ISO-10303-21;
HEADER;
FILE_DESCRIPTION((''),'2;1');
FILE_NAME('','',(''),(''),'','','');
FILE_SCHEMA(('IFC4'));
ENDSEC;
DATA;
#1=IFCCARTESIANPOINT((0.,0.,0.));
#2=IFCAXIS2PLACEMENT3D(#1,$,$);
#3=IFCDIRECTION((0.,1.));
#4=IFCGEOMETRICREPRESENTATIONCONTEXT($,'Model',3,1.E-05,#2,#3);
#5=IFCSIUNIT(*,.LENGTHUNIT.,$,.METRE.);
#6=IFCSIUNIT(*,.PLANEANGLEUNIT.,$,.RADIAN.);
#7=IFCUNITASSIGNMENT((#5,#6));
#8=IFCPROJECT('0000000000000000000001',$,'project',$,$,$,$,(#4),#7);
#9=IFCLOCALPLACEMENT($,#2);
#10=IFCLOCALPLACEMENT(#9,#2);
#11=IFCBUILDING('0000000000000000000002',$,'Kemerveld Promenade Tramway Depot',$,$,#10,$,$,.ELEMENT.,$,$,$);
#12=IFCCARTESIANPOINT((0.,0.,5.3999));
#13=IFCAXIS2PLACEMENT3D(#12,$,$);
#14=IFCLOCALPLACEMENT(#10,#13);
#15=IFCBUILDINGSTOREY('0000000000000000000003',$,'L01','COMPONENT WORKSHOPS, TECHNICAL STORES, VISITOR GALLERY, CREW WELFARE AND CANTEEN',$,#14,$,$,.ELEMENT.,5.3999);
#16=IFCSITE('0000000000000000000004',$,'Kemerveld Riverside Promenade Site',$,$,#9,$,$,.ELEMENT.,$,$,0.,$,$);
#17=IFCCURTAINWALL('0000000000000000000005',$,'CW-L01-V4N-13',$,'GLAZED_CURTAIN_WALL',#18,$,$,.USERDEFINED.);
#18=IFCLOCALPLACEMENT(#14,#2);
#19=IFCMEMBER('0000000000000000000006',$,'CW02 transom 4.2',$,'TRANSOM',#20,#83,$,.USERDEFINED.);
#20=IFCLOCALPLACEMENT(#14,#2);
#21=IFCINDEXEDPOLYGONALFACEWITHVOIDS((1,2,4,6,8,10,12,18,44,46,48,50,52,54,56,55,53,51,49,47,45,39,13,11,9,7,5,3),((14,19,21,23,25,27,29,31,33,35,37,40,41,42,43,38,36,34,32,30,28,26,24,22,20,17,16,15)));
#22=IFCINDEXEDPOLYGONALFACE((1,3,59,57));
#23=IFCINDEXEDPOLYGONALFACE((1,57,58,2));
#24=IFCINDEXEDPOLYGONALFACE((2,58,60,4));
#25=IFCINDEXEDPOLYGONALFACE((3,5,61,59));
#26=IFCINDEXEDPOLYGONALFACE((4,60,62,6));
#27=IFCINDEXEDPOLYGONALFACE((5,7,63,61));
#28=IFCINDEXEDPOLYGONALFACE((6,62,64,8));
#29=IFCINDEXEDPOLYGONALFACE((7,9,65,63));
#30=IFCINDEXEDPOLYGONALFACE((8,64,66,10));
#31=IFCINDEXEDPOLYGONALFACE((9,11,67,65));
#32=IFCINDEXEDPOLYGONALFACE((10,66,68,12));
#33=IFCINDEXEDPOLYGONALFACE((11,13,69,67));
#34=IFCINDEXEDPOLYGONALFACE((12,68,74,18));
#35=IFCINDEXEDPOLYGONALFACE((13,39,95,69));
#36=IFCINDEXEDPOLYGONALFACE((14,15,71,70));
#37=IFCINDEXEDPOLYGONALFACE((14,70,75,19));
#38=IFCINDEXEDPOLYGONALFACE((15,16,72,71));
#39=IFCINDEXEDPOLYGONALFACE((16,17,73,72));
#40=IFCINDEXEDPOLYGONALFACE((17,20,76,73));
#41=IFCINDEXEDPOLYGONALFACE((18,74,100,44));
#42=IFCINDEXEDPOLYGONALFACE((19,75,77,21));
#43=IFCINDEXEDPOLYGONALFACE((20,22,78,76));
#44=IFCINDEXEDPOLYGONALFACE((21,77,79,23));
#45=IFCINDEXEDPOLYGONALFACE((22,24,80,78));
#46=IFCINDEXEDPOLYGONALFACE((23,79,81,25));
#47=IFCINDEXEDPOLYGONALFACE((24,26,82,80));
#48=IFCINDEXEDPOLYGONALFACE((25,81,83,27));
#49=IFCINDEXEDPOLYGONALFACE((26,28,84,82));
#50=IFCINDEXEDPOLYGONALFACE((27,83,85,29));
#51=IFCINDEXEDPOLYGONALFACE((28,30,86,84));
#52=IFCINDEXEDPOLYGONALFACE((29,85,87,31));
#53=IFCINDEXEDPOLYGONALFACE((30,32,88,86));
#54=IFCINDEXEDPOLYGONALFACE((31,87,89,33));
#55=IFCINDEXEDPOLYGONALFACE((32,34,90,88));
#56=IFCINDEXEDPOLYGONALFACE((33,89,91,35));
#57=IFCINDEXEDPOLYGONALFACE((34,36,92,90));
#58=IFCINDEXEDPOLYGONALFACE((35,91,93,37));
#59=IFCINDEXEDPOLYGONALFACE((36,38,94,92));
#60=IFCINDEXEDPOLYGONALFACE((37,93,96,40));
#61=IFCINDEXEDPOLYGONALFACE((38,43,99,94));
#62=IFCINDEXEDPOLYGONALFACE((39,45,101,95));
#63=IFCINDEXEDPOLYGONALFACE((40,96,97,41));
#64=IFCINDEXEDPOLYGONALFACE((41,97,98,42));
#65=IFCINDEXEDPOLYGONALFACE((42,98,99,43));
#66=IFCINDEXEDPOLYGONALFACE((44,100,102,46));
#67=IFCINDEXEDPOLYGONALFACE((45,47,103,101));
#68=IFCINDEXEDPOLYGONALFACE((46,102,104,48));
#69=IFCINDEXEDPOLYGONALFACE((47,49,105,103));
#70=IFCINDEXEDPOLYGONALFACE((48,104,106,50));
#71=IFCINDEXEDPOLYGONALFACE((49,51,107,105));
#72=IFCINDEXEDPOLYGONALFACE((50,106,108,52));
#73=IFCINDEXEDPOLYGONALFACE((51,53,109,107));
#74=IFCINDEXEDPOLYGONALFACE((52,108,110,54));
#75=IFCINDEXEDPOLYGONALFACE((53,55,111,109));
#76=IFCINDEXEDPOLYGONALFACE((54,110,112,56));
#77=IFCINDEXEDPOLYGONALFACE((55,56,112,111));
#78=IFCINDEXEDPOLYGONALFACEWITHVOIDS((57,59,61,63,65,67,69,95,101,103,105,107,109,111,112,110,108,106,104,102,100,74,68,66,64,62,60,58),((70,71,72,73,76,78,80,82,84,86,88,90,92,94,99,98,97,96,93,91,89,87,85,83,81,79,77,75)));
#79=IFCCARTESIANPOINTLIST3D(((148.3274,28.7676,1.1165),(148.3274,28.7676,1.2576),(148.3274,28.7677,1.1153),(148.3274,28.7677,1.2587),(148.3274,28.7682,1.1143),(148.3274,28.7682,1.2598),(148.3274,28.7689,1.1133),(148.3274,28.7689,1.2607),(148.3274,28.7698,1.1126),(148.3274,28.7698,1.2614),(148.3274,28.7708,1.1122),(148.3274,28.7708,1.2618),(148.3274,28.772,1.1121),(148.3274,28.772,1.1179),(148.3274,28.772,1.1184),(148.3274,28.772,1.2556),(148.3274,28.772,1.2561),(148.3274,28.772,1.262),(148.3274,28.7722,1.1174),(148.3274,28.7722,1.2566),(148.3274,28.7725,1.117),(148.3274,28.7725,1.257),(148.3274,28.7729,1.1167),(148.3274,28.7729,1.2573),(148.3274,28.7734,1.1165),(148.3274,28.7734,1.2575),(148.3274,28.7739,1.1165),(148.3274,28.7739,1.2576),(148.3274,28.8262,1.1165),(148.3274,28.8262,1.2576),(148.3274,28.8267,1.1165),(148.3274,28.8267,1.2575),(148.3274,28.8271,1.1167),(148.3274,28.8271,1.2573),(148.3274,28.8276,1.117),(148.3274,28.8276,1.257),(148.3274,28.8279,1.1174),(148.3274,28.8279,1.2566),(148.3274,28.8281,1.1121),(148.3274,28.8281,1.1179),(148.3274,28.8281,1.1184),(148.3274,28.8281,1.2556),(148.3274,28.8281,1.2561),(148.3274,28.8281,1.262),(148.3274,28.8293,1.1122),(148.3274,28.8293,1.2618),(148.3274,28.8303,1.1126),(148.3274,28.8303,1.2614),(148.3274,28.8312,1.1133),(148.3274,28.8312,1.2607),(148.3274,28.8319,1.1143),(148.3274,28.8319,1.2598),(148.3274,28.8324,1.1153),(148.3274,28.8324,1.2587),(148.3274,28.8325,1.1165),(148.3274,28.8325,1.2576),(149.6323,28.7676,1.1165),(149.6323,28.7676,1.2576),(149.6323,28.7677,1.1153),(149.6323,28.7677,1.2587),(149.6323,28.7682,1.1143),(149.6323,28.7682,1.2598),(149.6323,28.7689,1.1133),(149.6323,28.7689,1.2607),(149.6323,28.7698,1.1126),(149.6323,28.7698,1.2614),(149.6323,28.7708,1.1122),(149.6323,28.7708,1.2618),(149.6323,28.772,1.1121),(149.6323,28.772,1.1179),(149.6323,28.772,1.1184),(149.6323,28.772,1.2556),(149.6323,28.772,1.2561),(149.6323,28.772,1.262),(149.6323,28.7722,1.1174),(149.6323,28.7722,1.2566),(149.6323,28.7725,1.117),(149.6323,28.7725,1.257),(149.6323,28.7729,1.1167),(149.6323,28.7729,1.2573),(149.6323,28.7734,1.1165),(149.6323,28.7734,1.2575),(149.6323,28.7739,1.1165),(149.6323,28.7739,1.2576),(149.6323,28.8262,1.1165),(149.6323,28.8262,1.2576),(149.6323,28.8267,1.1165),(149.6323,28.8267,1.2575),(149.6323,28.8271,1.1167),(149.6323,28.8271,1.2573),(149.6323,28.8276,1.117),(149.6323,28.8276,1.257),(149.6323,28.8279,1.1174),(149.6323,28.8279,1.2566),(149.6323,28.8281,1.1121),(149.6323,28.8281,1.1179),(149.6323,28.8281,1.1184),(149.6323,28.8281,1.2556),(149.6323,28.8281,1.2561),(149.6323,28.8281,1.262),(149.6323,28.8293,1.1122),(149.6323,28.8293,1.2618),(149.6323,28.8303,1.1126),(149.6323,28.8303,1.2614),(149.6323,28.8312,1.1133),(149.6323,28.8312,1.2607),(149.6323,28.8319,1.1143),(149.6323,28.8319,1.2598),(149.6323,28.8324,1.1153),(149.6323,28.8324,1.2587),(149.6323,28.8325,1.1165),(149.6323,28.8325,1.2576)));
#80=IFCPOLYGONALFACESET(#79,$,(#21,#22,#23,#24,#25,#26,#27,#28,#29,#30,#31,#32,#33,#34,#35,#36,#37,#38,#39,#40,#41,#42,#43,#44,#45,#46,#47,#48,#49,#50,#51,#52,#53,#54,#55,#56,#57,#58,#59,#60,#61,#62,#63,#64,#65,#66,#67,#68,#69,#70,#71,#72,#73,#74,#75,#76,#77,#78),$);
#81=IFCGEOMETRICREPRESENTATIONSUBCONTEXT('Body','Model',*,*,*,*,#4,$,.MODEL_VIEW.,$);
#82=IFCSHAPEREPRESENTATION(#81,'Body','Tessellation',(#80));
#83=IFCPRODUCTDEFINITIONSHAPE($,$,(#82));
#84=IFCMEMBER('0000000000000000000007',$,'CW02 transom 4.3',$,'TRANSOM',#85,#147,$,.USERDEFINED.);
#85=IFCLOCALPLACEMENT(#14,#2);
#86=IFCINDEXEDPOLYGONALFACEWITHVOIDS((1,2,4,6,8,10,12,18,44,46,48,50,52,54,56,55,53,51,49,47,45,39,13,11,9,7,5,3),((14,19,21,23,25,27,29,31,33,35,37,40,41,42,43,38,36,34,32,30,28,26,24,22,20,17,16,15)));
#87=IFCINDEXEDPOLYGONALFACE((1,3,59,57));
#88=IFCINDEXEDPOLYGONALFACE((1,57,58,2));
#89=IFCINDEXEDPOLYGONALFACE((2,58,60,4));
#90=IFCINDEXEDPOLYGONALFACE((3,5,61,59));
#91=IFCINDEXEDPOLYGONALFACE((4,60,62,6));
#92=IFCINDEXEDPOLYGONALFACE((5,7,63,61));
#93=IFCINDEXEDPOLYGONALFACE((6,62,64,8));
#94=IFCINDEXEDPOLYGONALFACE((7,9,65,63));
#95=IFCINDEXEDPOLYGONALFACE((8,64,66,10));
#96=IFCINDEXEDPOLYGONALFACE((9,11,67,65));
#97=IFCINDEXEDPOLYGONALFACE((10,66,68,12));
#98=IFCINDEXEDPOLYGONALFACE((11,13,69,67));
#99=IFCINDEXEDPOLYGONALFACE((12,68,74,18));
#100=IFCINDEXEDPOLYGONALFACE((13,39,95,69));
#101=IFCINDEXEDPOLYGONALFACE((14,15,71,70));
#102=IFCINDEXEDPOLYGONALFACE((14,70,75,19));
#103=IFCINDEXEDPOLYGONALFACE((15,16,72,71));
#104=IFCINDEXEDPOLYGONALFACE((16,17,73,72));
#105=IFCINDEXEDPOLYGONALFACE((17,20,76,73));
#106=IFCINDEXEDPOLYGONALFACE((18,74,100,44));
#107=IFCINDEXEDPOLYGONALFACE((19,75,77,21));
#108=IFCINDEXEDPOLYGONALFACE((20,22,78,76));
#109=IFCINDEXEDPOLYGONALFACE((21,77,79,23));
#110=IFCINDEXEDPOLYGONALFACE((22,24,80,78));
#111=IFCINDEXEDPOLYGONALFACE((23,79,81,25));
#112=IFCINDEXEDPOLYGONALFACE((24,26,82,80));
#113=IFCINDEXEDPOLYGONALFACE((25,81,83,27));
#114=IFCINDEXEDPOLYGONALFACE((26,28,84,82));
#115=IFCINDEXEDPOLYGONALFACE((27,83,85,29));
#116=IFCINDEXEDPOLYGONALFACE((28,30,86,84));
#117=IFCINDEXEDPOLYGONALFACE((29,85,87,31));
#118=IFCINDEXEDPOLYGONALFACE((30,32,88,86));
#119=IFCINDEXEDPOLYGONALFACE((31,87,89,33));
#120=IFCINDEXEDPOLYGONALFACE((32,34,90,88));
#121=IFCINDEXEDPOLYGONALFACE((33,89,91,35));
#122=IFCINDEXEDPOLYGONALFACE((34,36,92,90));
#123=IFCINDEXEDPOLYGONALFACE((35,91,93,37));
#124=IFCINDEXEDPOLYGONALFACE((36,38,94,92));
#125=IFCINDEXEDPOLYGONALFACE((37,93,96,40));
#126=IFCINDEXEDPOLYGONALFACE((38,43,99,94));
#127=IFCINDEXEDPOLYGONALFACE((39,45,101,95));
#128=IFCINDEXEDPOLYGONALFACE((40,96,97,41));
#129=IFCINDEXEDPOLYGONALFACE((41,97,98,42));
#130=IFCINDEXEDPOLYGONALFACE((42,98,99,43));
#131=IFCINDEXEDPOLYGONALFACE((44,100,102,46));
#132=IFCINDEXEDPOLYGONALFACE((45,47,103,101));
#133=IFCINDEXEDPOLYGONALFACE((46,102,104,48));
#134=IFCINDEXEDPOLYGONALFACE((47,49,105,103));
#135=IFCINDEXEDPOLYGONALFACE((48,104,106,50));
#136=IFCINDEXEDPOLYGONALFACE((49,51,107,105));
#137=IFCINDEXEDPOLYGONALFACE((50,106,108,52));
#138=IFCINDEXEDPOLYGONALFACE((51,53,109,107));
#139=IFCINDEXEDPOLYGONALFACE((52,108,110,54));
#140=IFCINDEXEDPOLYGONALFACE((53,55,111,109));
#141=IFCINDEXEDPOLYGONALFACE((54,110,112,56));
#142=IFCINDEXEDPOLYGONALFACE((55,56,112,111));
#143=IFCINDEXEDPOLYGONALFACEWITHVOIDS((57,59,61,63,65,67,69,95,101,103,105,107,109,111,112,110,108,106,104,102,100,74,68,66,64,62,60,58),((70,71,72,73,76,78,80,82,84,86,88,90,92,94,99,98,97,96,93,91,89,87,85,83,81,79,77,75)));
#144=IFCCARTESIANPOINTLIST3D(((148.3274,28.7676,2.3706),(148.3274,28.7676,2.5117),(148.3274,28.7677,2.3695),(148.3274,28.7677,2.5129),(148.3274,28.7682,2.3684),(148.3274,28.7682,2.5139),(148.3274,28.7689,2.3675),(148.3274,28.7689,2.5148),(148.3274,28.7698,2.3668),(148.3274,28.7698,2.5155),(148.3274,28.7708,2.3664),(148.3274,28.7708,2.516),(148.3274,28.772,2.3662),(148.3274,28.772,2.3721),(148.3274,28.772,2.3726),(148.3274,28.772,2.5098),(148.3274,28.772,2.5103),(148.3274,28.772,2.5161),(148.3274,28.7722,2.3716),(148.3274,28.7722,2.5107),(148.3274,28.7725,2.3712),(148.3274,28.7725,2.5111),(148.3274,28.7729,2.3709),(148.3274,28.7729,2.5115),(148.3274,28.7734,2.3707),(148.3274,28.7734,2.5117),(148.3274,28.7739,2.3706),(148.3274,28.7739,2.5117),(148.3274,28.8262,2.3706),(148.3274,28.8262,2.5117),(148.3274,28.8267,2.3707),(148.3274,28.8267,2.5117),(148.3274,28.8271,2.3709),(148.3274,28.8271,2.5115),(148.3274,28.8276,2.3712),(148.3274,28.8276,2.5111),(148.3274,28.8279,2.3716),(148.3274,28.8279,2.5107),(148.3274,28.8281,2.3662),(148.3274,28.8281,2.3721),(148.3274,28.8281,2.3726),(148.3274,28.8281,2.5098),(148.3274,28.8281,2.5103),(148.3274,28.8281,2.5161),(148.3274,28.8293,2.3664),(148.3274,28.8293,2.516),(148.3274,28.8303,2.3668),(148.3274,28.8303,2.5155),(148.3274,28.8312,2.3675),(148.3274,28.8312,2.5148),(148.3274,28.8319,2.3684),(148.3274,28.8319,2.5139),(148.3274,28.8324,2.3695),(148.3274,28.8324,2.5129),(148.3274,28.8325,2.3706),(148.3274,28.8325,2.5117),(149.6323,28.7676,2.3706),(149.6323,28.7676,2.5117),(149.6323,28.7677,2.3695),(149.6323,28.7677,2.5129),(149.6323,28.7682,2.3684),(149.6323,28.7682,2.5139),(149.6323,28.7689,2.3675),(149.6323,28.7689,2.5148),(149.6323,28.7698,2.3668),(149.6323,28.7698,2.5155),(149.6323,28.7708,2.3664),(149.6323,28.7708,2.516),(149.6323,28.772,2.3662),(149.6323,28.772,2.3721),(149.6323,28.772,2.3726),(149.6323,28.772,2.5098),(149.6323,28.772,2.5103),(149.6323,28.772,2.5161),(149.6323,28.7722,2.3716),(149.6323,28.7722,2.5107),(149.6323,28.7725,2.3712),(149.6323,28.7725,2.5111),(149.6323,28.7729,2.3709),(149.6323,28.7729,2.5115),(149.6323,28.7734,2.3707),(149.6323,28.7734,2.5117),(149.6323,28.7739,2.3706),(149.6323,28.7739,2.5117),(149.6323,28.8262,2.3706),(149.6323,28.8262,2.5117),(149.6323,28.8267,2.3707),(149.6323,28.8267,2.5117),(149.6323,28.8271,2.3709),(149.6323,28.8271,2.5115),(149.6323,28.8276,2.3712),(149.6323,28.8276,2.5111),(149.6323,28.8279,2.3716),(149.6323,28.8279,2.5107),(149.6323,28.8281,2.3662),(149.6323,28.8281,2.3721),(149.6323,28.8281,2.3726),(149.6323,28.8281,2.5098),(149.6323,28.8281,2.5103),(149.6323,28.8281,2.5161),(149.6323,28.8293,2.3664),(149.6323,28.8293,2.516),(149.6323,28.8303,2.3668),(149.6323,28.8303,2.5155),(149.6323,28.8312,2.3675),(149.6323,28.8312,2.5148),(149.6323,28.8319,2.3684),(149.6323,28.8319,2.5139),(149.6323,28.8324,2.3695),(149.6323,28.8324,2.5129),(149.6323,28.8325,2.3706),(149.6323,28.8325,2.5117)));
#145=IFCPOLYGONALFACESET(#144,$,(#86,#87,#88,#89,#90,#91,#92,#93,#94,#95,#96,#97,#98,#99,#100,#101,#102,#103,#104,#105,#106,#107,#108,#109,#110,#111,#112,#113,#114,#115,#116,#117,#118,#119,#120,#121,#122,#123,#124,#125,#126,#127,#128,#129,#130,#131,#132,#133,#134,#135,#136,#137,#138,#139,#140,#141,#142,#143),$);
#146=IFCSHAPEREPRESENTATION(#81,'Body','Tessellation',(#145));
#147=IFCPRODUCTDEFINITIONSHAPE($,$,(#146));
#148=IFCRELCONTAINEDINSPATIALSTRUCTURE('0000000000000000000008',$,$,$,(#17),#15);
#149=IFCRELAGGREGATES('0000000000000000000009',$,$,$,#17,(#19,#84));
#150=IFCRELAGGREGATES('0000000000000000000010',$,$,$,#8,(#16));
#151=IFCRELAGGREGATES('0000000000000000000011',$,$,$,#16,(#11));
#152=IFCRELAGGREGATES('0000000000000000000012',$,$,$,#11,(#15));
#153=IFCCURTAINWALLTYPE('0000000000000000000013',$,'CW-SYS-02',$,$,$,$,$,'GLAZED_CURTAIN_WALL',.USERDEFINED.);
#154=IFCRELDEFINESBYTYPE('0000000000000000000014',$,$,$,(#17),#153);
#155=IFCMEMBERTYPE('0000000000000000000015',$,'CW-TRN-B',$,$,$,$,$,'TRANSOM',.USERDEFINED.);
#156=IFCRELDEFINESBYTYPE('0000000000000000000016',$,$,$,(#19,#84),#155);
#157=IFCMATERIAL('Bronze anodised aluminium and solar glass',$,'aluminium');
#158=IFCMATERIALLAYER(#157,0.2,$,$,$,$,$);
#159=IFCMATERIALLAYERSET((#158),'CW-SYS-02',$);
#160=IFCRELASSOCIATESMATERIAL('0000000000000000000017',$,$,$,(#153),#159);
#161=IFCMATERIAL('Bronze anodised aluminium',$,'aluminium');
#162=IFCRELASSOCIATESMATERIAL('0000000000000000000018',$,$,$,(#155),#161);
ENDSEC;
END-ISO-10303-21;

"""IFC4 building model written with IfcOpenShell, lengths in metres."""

from ifc_helpers import new_model, si_unit, direction, frame, origin, origin_2d, place, context, subcontext, project, spatial, hollow_rectangle, extrude, material, layer, layer_set, material_profile, profile_set, type_object, element, aggregate, save


model = new_model("IFC4")

# Units and contexts
model_context = context("Model", 3, precision=1e-05, world=origin(), true_north=direction((0.0, 1.0)))
body_context = subcontext(model_context, "Body", "Model", "MODEL_VIEW")
ifc_project = project(units=[si_unit("LENGTHUNIT", "METRE"), si_unit("PLANEANGLEUNIT", "RADIAN")], contexts=[model_context])

# Site, building, storey
site_placement = place(None, origin())
site = spatial("IfcSite", under=ifc_project, at=site_placement, Name="Kemerveld Riverside Promenade Site", CompositionType="ELEMENT", RefElevation=0.0)
building_placement = place(site_placement, origin())
building = spatial("IfcBuilding", under=site, at=building_placement, Name="Kemerveld Promenade Tramway Depot", CompositionType="ELEMENT")
storey_placement = place(building_placement, frame((0.0, 0.0, 5.3999)))
storey = spatial("IfcBuildingStorey", under=building, at=storey_placement, Name="L01", Description="COMPONENT WORKSHOPS, TECHNICAL STORES, VISITOR GALLERY, CREW WELFARE AND CANTEEN", CompositionType="ELEMENT", Elevation=5.3999)

# Curtain wall, members
ifc_material_1 = material(Name="Bronze anodised aluminium and solar glass", Category="aluminium")
ifc_layer_1 = layer(ifc_material_1, 0.2)
ifc_layer_set_1 = layer_set([ifc_layer_1], Name="CW-SYS-02")
curtain_wall_type = type_object("IfcCurtainWallType", Name="CW-SYS-02", ElementType="GLAZED_CURTAIN_WALL", PredefinedType="USERDEFINED", material=ifc_layer_set_1)
curtain_wall_placement = place(storey_placement, origin())
curtain_wall = element("IfcCurtainWall", 1, at=curtain_wall_placement, inside=storey, type_object=curtain_wall_type, Name="CW-L01-V4N-13", ObjectType="GLAZED_CURTAIN_WALL", PredefinedType="USERDEFINED")
ifc_material_2 = material(Name="Bronze anodised aluminium", Category="aluminium")
ifc_material_profile_1 = material_profile(ifc_material_2, hollow_rectangle(XDim=0.0649, YDim=0.1499, WallThickness=0.0044, InnerFilletRadius=0.002, OuterFilletRadius=0.0044, at=origin_2d()), Name="CW-TRN-150x65")
ifc_profile_set_1 = profile_set([ifc_material_profile_1], Name="Bronze anodised aluminium")
member_type_1 = type_object("IfcMemberType", Name="CW-TRN-B", ElementType="TRANSOM", PredefinedType="USERDEFINED", material=ifc_profile_set_1)
member_1_placement = place(storey_placement, frame((148.3274, 28.8, 1.187), z_axis=(1.0, 0.0, 0.0), x_axis=(0.0, 1.0, 0.0)))
member_1 = element("IfcMember", 2, at=member_1_placement, type_object=member_type_1, Name="CW02 transom 4.2", ObjectType="TRANSOM", PredefinedType="USERDEFINED", context=body_context, shape_type="SweptSolid", body=[
    extrude(hollow_rectangle(XDim=0.0649, YDim=0.1499, WallThickness=0.0044, InnerFilletRadius=0.002, OuterFilletRadius=0.0044, at=origin_2d()), origin(), (0.0, 0.0, 1.0), 1.3049),
])
member_2_placement = place(storey_placement, frame((148.3274, 28.8, 2.4412), z_axis=(1.0, 0.0, 0.0), x_axis=(0.0, 1.0, 0.0)))
member_2 = element("IfcMember", 3, at=member_2_placement, type_object=member_type_1, Name="CW02 transom 4.3", ObjectType="TRANSOM", PredefinedType="USERDEFINED", context=body_context, shape_type="SweptSolid", body=[
    extrude(hollow_rectangle(XDim=0.0649, YDim=0.1499, WallThickness=0.0044, InnerFilletRadius=0.002, OuterFilletRadius=0.0044, at=origin_2d()), origin(), (0.0, 0.0, 1.0), 1.3049),
])
aggregate(curtain_wall, [member_1, member_2])

save(model, "model.ifc")
